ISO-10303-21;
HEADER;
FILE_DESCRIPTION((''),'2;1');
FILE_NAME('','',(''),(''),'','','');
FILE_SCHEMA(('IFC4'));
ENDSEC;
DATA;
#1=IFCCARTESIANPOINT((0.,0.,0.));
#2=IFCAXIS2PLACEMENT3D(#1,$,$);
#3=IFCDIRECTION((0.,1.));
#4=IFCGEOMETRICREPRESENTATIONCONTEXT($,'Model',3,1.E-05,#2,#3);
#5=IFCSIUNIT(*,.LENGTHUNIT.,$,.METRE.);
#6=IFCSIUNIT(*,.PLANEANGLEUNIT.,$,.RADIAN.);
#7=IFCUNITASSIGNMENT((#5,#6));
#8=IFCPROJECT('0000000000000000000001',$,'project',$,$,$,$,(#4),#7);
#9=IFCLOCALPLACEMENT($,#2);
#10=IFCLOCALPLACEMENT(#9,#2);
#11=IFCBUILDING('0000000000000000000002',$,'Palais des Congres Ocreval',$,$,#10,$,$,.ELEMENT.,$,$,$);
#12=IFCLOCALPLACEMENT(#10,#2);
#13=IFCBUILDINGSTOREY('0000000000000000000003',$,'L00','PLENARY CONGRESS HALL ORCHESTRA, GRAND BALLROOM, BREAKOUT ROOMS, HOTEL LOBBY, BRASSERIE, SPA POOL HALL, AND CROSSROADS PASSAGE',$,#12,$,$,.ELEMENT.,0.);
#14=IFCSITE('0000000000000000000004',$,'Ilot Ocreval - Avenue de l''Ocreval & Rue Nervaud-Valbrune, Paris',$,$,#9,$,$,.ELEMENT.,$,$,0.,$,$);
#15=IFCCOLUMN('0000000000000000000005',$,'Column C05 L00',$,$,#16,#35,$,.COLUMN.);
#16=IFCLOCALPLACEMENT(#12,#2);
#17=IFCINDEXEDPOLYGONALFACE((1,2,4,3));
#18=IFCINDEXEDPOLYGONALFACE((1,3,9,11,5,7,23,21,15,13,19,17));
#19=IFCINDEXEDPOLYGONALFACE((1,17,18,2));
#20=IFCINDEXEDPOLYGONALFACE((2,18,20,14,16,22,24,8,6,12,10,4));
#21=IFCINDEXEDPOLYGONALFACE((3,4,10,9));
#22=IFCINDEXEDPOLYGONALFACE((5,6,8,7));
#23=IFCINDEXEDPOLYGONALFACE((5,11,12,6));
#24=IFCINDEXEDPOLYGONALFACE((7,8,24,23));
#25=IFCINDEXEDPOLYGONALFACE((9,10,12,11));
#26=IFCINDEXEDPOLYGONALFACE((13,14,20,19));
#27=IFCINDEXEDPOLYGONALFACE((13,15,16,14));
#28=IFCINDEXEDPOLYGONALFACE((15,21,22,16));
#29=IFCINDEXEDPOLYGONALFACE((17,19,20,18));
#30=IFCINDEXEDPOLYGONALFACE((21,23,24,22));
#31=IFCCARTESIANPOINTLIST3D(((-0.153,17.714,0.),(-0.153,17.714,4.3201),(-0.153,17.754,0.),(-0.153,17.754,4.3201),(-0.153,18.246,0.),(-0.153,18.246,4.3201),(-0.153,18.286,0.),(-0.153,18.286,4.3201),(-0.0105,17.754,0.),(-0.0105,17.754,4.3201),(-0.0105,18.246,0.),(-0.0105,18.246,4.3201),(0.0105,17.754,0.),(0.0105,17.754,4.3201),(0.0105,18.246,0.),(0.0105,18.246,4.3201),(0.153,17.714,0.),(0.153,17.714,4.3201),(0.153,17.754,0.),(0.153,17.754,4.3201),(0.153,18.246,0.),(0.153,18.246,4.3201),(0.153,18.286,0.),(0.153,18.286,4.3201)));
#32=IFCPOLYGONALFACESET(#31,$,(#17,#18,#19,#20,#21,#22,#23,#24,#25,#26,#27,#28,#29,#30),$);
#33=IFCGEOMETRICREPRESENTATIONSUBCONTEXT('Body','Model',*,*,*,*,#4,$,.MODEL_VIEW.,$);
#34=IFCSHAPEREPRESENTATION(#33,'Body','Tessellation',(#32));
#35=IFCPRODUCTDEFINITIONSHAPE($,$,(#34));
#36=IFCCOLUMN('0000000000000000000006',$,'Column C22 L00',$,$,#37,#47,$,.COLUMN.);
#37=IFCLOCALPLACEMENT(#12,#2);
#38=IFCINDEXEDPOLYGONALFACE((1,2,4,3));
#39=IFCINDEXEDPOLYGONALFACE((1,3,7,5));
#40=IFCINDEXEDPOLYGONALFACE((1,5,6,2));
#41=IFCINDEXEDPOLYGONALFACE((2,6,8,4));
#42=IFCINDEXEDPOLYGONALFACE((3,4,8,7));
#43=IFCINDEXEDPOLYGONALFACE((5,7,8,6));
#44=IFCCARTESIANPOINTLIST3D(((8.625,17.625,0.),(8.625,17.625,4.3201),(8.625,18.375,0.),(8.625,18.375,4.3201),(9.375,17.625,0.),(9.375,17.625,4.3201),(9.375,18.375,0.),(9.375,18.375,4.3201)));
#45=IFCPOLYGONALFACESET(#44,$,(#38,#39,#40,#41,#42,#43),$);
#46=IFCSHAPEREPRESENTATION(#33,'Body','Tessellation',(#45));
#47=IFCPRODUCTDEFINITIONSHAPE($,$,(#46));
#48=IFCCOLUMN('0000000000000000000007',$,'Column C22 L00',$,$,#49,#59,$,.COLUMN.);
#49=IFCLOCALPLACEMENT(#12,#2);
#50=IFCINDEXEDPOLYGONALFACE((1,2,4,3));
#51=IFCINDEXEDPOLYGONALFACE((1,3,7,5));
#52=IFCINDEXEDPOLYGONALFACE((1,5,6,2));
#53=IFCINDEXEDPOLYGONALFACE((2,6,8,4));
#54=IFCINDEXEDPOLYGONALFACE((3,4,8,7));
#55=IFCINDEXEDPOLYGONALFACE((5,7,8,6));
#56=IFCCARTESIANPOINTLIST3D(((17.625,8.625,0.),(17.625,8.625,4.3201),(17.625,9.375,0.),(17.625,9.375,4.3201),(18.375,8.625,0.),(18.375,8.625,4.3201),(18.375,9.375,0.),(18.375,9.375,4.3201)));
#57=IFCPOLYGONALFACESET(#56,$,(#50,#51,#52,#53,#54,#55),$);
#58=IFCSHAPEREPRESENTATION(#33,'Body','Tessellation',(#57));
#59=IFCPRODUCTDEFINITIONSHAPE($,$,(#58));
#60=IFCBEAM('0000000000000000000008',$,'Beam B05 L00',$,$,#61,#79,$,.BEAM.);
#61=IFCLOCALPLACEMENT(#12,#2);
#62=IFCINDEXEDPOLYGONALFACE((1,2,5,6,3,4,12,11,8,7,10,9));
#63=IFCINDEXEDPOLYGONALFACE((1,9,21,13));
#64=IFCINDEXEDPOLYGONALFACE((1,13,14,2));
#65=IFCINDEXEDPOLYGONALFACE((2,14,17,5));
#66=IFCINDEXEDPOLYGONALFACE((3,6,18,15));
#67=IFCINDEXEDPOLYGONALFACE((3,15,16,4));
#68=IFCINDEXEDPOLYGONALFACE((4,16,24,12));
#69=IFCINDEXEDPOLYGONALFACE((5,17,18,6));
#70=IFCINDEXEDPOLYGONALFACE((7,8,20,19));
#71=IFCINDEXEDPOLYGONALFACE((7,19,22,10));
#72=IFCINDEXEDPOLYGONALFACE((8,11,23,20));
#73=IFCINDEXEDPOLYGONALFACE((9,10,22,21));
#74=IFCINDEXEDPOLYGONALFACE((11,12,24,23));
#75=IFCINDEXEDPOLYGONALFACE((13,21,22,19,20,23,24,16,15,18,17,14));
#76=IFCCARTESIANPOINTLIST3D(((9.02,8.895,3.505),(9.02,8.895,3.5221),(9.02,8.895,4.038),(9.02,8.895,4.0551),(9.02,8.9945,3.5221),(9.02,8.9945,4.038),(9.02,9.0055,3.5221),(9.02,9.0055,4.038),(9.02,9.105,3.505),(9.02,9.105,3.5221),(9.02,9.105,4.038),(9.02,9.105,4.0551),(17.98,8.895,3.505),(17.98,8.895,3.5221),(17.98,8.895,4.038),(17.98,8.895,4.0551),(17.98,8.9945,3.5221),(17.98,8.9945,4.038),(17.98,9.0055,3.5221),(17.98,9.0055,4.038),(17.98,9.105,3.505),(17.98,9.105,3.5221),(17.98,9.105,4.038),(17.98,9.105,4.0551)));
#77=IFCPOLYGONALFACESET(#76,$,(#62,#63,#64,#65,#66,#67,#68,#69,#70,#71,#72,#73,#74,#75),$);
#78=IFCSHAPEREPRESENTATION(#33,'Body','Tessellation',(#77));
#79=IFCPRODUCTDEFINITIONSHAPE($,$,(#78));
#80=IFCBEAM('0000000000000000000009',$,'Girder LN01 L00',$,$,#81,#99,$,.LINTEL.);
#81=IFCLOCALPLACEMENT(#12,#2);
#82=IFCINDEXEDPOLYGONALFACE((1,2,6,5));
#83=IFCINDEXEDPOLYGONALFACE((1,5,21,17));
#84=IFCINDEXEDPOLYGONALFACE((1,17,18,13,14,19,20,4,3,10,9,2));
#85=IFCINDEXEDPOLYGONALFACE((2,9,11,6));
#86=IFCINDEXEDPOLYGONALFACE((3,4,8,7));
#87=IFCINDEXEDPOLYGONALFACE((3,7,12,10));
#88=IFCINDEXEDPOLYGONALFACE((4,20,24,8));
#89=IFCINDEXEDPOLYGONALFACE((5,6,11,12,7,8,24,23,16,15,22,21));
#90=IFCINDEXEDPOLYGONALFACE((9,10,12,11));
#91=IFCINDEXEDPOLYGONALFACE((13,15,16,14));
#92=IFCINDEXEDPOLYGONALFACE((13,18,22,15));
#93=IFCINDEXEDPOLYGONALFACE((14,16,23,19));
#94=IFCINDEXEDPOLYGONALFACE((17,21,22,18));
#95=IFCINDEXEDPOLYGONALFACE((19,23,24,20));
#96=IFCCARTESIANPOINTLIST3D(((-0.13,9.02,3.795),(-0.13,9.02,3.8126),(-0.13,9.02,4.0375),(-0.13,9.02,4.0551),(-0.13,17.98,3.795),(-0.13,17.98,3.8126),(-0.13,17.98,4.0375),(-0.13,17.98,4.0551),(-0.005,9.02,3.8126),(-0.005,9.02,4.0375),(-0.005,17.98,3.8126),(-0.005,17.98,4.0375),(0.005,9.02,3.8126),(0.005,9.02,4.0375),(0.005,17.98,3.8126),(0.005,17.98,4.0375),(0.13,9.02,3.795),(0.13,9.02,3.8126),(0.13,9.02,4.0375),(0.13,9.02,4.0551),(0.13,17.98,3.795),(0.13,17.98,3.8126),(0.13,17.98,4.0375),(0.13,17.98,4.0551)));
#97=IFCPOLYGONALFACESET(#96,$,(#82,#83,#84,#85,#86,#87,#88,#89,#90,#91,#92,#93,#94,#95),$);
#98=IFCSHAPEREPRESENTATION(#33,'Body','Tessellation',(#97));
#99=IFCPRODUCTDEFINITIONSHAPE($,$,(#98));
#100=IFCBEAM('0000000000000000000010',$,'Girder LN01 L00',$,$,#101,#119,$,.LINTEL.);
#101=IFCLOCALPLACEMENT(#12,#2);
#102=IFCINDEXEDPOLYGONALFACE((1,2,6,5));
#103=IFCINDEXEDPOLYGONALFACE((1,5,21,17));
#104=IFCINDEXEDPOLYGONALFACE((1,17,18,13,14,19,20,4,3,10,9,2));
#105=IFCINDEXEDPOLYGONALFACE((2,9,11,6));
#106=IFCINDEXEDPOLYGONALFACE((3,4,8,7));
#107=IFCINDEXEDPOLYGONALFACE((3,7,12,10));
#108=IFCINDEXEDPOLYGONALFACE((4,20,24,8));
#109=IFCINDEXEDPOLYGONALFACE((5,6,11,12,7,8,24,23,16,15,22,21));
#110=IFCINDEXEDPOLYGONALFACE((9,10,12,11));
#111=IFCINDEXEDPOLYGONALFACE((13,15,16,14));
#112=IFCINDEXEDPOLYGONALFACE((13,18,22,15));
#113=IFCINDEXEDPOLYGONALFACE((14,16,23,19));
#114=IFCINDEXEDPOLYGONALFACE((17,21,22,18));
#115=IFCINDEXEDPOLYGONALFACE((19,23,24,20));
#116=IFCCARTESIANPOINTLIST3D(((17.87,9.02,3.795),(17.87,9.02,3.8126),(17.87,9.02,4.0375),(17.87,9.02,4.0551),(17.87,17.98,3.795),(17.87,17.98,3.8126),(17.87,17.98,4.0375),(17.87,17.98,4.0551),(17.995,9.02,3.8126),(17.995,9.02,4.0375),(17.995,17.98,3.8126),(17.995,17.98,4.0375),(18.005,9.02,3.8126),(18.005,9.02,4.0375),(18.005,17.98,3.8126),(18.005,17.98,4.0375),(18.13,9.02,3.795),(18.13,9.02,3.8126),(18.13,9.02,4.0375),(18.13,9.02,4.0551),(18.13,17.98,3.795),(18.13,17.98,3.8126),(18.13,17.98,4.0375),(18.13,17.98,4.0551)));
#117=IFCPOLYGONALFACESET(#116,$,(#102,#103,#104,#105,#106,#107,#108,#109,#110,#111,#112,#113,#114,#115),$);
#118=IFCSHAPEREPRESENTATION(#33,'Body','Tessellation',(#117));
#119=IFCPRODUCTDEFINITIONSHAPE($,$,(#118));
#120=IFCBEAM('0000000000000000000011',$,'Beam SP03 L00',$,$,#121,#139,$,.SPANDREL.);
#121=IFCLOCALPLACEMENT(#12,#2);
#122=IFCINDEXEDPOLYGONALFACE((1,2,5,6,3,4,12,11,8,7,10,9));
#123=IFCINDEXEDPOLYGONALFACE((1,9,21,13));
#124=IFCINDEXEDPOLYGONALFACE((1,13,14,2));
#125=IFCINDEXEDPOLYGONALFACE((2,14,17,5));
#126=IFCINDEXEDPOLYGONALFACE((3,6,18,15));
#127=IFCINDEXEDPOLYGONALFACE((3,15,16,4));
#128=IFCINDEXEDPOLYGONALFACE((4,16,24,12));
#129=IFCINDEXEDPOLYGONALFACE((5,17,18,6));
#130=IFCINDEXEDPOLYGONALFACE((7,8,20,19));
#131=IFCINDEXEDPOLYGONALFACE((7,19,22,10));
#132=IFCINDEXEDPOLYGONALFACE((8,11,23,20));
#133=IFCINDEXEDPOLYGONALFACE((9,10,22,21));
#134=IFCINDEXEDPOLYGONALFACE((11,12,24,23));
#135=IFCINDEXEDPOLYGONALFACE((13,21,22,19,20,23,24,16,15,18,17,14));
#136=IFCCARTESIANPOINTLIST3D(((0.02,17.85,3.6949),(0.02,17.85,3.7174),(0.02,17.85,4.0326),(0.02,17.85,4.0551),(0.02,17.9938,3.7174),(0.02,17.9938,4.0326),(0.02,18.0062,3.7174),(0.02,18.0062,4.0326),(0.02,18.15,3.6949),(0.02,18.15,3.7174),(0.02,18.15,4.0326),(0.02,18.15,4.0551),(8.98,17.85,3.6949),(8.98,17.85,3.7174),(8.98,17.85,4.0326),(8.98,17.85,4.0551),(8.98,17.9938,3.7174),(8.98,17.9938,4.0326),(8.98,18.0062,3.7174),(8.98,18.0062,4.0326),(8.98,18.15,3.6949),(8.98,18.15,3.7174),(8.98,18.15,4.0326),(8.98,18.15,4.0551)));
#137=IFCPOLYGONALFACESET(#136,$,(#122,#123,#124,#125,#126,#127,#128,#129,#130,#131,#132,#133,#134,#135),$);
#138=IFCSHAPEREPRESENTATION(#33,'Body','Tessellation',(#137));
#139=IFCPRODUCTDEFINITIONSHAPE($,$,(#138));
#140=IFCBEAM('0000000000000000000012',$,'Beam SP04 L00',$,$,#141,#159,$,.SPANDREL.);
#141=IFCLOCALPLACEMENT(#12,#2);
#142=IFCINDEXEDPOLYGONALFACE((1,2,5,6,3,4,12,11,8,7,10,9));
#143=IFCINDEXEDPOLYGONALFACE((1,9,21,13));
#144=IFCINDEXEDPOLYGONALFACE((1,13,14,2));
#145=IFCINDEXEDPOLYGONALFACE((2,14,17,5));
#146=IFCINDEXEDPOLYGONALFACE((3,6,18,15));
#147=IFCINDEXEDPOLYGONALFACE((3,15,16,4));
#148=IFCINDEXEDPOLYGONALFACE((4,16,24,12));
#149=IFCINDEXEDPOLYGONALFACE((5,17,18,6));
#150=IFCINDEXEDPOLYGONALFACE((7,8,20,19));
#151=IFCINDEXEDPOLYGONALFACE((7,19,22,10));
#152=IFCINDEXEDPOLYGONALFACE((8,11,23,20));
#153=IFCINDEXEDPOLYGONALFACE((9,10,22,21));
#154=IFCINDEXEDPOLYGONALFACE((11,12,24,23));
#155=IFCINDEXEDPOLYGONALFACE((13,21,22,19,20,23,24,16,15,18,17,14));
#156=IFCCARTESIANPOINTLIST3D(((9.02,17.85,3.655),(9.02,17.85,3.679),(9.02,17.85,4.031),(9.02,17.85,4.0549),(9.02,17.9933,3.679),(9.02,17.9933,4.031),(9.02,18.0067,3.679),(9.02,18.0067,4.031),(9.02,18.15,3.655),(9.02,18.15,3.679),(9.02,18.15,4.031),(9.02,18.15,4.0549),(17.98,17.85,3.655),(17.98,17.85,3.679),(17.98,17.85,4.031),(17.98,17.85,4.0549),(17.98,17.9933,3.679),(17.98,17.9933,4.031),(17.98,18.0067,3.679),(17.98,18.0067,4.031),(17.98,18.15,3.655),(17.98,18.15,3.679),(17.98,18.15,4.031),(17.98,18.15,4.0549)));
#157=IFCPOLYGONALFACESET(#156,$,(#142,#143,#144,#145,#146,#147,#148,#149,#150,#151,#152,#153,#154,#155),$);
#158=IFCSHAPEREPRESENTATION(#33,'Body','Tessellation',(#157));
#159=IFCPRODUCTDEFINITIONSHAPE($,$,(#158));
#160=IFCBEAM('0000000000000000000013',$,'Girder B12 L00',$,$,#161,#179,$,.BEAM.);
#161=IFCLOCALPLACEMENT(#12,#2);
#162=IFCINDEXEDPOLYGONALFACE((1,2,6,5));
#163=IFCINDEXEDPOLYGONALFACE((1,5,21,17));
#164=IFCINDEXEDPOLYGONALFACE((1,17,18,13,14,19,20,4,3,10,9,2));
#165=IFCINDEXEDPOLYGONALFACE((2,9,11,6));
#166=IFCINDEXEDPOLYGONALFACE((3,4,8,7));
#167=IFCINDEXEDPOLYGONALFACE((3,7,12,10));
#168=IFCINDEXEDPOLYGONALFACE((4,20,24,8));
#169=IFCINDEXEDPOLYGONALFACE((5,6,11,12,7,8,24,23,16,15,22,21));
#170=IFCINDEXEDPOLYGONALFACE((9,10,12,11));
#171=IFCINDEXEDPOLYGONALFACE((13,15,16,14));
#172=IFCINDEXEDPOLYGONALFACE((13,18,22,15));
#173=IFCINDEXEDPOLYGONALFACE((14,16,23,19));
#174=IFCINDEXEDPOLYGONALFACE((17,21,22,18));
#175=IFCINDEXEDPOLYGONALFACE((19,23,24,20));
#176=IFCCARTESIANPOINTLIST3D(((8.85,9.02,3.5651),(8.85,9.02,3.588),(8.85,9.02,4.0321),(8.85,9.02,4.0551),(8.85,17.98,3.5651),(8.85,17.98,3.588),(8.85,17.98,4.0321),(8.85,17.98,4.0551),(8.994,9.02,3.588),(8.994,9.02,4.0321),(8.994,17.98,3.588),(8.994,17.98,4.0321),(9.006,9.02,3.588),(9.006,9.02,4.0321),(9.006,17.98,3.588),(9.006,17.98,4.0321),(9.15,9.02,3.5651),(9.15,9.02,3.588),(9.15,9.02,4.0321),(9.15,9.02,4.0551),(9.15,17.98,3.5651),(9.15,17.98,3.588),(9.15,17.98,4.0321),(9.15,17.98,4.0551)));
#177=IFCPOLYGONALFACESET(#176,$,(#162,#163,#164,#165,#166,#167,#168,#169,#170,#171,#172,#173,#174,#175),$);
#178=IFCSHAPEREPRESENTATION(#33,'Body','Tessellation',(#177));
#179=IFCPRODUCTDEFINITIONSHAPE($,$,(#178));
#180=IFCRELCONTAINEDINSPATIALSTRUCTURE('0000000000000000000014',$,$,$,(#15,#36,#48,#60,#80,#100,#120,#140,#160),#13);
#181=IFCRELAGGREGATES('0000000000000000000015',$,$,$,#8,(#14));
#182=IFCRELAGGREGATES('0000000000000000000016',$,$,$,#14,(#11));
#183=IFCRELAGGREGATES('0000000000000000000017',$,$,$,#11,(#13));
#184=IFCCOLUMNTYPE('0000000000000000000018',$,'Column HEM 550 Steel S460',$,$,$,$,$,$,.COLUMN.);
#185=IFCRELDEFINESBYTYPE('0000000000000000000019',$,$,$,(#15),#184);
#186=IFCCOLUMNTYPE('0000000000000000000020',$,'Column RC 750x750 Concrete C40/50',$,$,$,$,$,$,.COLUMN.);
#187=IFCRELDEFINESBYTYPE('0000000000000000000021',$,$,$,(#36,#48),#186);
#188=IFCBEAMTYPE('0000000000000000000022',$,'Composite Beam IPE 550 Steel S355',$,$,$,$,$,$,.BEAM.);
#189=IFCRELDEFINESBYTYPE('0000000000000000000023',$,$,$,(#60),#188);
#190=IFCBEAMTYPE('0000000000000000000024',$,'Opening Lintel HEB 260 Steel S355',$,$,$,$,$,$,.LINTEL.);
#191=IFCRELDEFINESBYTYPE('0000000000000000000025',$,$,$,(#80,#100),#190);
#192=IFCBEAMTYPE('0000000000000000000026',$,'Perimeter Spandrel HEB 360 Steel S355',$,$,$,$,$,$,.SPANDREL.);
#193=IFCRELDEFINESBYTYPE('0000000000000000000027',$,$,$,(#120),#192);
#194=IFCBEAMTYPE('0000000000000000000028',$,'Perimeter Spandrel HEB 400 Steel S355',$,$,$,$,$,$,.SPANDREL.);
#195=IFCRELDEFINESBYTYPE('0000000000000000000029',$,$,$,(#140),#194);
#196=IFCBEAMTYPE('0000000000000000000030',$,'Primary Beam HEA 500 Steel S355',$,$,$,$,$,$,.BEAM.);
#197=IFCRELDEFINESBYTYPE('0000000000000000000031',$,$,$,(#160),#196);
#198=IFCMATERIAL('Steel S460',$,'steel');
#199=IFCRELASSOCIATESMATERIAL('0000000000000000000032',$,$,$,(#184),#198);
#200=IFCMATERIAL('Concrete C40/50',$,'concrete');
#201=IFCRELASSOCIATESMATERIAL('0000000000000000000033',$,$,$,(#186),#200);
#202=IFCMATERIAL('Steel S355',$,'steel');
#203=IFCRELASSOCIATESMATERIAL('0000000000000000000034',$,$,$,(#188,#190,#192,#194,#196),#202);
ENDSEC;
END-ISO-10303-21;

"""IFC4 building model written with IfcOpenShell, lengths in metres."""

from ifc_helpers import new_model, si_unit, direction, frame, origin, origin_2d, place, context, subcontext, project, spatial, rectangle, i_section, extrude, material, material_profile, profile_set, type_object, element, save


model = new_model("IFC4")

# Units and contexts
model_context = context("Model", 3, precision=1e-05, world=origin(), true_north=direction((0.0, 1.0)))
body_context = subcontext(model_context, "Body", "Model", "MODEL_VIEW")
ifc_project = project(units=[si_unit("LENGTHUNIT", "METRE"), si_unit("PLANEANGLEUNIT", "RADIAN")], contexts=[model_context])

# Site, building, storey
site_placement = place(None, origin())
site = spatial("IfcSite", under=ifc_project, at=site_placement, Name="Ilot Ocreval - Avenue de l'Ocreval & Rue Nervaud-Valbrune, Paris", CompositionType="ELEMENT", RefElevation=0.0)
building_placement = place(site_placement, origin())
building = spatial("IfcBuilding", under=site, at=building_placement, Name="Palais des Congres Ocreval", CompositionType="ELEMENT")
storey_placement = place(building_placement, origin())
storey = spatial("IfcBuildingStorey", under=building, at=storey_placement, Name="L00", Description="PLENARY CONGRESS HALL ORCHESTRA, GRAND BALLROOM, BREAKOUT ROOMS, HOTEL LOBBY, BRASSERIE, SPA POOL HALL, AND CROSSROADS PASSAGE", CompositionType="ELEMENT", Elevation=0.0)

# Columns
ifc_material_1 = material(Name="Steel S460", Category="steel")
ifc_material_profile_1 = material_profile(ifc_material_1, i_section(OverallWidth=0.3059, OverallDepth=0.572, WebThickness=0.021, FlangeThickness=0.04, at=origin_2d()), Name="HEM 550")
ifc_profile_set_1 = profile_set([ifc_material_profile_1], Name="Steel S460")
column_type_1 = type_object("IfcColumnType", Name="Column HEM 550 Steel S460", PredefinedType="COLUMN", material=ifc_profile_set_1)
column_placement = place(storey_placement, frame((0.0, 18.0, 0.0), z_axis=(0.0, 0.0, 1.0), x_axis=(1.0, 0.0, 0.0)))
element("IfcColumn", 1, at=column_placement, inside=storey, type_object=column_type_1, Name="Column C05 L00", PredefinedType="COLUMN", context=body_context, shape_type="SweptSolid", body=[
    extrude(i_section(OverallWidth=0.3059, OverallDepth=0.572, WebThickness=0.021, FlangeThickness=0.04, at=origin_2d()), origin(), (0.0, 0.0, 1.0), 4.3201),
])
ifc_material_2 = material(Name="Concrete C40/50", Category="concrete")
ifc_material_profile_2 = material_profile(ifc_material_2, rectangle(XDim=0.75, YDim=0.75, at=origin_2d()), Name="RC 750x750")
ifc_profile_set_2 = profile_set([ifc_material_profile_2], Name="Concrete C40/50")
column_type_2 = type_object("IfcColumnType", Name="Column RC 750x750 Concrete C40/50", PredefinedType="COLUMN", material=ifc_profile_set_2)
for number, where, z_axis, x_axis, name in (
    (2, (9.0, 18.0, 0.0), (0.0, 0.0, 1.0), (1.0, 0.0, 0.0), "Column C22 L00"),
    (3, (18.0, 9.0, 0.0), (0.0, 0.0, 1.0), (1.0, 0.0, 0.0), "Column C22 L00"),
):
    element("IfcColumn", number, at=place(storey_placement, frame(where, z_axis=z_axis, x_axis=x_axis)), inside=storey, type_object=column_type_2, Name=name, PredefinedType="COLUMN", context=body_context, shape_type="SweptSolid", body=[
        extrude(rectangle(XDim=0.75, YDim=0.75, at=origin_2d()), origin(), (0.0, 0.0, 1.0), 4.3201),
    ])

# Beams
ifc_material_3 = material(Name="Steel S355", Category="steel")
ifc_material_profile_3 = material_profile(ifc_material_3, i_section(OverallWidth=0.21, OverallDepth=0.55, WebThickness=0.011, FlangeThickness=0.0171, at=origin_2d()), Name="IPE 550")
ifc_profile_set_3 = profile_set([ifc_material_profile_3], Name="Steel S355")
beam_type_1 = type_object("IfcBeamType", Name="Composite Beam IPE 550 Steel S355", PredefinedType="BEAM", material=ifc_profile_set_3)
beam_1_placement = place(storey_placement, frame((9.02, 9.0, 3.78), z_axis=(1.0, 0.0, 0.0), x_axis=(0.0, 1.0, 0.0)))
element("IfcBeam", 4, at=beam_1_placement, inside=storey, type_object=beam_type_1, Name="Beam B05 L00", PredefinedType="BEAM", context=body_context, shape_type="SweptSolid", body=[
    extrude(i_section(OverallWidth=0.21, OverallDepth=0.55, WebThickness=0.011, FlangeThickness=0.0171, at=origin_2d()), origin(), (0.0, 0.0, 1.0), 8.96),
])
ifc_material_profile_4 = material_profile(ifc_material_3, i_section(OverallWidth=0.26, OverallDepth=0.26, WebThickness=0.01, FlangeThickness=0.0176, at=origin_2d()), Name="HEB 260")
ifc_profile_set_4 = profile_set([ifc_material_profile_4], Name="Steel S355")
beam_type_2 = type_object("IfcBeamType", Name="Opening Lintel HEB 260 Steel S355", PredefinedType="LINTEL", material=ifc_profile_set_4)
for number, where, z_axis, x_axis, name in (
    (5, (0.0, 9.02, 3.925), (0.0, 1.0, 0.0), (-1.0, 0.0, 0.0), "Girder LN01 L00"),
    (6, (18.0, 9.02, 3.925), (0.0, 1.0, 0.0), (-1.0, 0.0, 0.0), "Girder LN01 L00"),
):
    element("IfcBeam", number, at=place(storey_placement, frame(where, z_axis=z_axis, x_axis=x_axis)), inside=storey, type_object=beam_type_2, Name=name, PredefinedType="LINTEL", context=body_context, shape_type="SweptSolid", body=[
        extrude(i_section(OverallWidth=0.26, OverallDepth=0.26, WebThickness=0.01, FlangeThickness=0.0176, at=origin_2d()), origin(), (0.0, 0.0, 1.0), 8.96),
    ])
ifc_material_profile_5 = material_profile(ifc_material_3, i_section(OverallWidth=0.3, OverallDepth=0.3601, WebThickness=0.0125, FlangeThickness=0.0225, at=origin_2d()), Name="HEB 360")
ifc_profile_set_5 = profile_set([ifc_material_profile_5], Name="Steel S355")
beam_type_3 = type_object("IfcBeamType", Name="Perimeter Spandrel HEB 360 Steel S355", PredefinedType="SPANDREL", material=ifc_profile_set_5)
beam_2_placement = place(storey_placement, frame((0.02, 18.0, 3.875), z_axis=(1.0, 0.0, 0.0), x_axis=(0.0, 1.0, 0.0)))
element("IfcBeam", 7, at=beam_2_placement, inside=storey, type_object=beam_type_3, Name="Beam SP03 L00", PredefinedType="SPANDREL", context=body_context, shape_type="SweptSolid", body=[
    extrude(i_section(OverallWidth=0.3, OverallDepth=0.3601, WebThickness=0.0125, FlangeThickness=0.0225, at=origin_2d()), origin(), (0.0, 0.0, 1.0), 8.96),
])
ifc_material_profile_6 = material_profile(ifc_material_3, i_section(OverallWidth=0.3, OverallDepth=0.3999, WebThickness=0.0134, FlangeThickness=0.0239, at=origin_2d()), Name="HEB 400")
ifc_profile_set_6 = profile_set([ifc_material_profile_6], Name="Steel S355")
beam_type_4 = type_object("IfcBeamType", Name="Perimeter Spandrel HEB 400 Steel S355", PredefinedType="SPANDREL", material=ifc_profile_set_6)
beam_3_placement = place(storey_placement, frame((9.02, 18.0, 3.855), z_axis=(1.0, 0.0, 0.0), x_axis=(0.0, 1.0, 0.0)))
element("IfcBeam", 8, at=beam_3_placement, inside=storey, type_object=beam_type_4, Name="Beam SP04 L00", PredefinedType="SPANDREL", context=body_context, shape_type="SweptSolid", body=[
    extrude(i_section(OverallWidth=0.3, OverallDepth=0.3999, WebThickness=0.0134, FlangeThickness=0.0239, at=origin_2d()), origin(), (0.0, 0.0, 1.0), 8.96),
])
ifc_material_profile_7 = material_profile(ifc_material_3, i_section(OverallWidth=0.3, OverallDepth=0.49, WebThickness=0.012, FlangeThickness=0.0229, at=origin_2d()), Name="HEA 500")
ifc_profile_set_7 = profile_set([ifc_material_profile_7], Name="Steel S355")
beam_type_5 = type_object("IfcBeamType", Name="Primary Beam HEA 500 Steel S355", PredefinedType="BEAM", material=ifc_profile_set_7)
beam_4_placement = place(storey_placement, frame((9.0, 9.02, 3.8101), z_axis=(0.0, 1.0, 0.0), x_axis=(-1.0, 0.0, 0.0)))
element("IfcBeam", 9, at=beam_4_placement, inside=storey, type_object=beam_type_5, Name="Girder B12 L00", PredefinedType="BEAM", context=body_context, shape_type="SweptSolid", body=[
    extrude(i_section(OverallWidth=0.3, OverallDepth=0.49, WebThickness=0.012, FlangeThickness=0.0229, at=origin_2d()), origin(), (0.0, 0.0, 1.0), 8.96),
])

save(model, "model.ifc")
